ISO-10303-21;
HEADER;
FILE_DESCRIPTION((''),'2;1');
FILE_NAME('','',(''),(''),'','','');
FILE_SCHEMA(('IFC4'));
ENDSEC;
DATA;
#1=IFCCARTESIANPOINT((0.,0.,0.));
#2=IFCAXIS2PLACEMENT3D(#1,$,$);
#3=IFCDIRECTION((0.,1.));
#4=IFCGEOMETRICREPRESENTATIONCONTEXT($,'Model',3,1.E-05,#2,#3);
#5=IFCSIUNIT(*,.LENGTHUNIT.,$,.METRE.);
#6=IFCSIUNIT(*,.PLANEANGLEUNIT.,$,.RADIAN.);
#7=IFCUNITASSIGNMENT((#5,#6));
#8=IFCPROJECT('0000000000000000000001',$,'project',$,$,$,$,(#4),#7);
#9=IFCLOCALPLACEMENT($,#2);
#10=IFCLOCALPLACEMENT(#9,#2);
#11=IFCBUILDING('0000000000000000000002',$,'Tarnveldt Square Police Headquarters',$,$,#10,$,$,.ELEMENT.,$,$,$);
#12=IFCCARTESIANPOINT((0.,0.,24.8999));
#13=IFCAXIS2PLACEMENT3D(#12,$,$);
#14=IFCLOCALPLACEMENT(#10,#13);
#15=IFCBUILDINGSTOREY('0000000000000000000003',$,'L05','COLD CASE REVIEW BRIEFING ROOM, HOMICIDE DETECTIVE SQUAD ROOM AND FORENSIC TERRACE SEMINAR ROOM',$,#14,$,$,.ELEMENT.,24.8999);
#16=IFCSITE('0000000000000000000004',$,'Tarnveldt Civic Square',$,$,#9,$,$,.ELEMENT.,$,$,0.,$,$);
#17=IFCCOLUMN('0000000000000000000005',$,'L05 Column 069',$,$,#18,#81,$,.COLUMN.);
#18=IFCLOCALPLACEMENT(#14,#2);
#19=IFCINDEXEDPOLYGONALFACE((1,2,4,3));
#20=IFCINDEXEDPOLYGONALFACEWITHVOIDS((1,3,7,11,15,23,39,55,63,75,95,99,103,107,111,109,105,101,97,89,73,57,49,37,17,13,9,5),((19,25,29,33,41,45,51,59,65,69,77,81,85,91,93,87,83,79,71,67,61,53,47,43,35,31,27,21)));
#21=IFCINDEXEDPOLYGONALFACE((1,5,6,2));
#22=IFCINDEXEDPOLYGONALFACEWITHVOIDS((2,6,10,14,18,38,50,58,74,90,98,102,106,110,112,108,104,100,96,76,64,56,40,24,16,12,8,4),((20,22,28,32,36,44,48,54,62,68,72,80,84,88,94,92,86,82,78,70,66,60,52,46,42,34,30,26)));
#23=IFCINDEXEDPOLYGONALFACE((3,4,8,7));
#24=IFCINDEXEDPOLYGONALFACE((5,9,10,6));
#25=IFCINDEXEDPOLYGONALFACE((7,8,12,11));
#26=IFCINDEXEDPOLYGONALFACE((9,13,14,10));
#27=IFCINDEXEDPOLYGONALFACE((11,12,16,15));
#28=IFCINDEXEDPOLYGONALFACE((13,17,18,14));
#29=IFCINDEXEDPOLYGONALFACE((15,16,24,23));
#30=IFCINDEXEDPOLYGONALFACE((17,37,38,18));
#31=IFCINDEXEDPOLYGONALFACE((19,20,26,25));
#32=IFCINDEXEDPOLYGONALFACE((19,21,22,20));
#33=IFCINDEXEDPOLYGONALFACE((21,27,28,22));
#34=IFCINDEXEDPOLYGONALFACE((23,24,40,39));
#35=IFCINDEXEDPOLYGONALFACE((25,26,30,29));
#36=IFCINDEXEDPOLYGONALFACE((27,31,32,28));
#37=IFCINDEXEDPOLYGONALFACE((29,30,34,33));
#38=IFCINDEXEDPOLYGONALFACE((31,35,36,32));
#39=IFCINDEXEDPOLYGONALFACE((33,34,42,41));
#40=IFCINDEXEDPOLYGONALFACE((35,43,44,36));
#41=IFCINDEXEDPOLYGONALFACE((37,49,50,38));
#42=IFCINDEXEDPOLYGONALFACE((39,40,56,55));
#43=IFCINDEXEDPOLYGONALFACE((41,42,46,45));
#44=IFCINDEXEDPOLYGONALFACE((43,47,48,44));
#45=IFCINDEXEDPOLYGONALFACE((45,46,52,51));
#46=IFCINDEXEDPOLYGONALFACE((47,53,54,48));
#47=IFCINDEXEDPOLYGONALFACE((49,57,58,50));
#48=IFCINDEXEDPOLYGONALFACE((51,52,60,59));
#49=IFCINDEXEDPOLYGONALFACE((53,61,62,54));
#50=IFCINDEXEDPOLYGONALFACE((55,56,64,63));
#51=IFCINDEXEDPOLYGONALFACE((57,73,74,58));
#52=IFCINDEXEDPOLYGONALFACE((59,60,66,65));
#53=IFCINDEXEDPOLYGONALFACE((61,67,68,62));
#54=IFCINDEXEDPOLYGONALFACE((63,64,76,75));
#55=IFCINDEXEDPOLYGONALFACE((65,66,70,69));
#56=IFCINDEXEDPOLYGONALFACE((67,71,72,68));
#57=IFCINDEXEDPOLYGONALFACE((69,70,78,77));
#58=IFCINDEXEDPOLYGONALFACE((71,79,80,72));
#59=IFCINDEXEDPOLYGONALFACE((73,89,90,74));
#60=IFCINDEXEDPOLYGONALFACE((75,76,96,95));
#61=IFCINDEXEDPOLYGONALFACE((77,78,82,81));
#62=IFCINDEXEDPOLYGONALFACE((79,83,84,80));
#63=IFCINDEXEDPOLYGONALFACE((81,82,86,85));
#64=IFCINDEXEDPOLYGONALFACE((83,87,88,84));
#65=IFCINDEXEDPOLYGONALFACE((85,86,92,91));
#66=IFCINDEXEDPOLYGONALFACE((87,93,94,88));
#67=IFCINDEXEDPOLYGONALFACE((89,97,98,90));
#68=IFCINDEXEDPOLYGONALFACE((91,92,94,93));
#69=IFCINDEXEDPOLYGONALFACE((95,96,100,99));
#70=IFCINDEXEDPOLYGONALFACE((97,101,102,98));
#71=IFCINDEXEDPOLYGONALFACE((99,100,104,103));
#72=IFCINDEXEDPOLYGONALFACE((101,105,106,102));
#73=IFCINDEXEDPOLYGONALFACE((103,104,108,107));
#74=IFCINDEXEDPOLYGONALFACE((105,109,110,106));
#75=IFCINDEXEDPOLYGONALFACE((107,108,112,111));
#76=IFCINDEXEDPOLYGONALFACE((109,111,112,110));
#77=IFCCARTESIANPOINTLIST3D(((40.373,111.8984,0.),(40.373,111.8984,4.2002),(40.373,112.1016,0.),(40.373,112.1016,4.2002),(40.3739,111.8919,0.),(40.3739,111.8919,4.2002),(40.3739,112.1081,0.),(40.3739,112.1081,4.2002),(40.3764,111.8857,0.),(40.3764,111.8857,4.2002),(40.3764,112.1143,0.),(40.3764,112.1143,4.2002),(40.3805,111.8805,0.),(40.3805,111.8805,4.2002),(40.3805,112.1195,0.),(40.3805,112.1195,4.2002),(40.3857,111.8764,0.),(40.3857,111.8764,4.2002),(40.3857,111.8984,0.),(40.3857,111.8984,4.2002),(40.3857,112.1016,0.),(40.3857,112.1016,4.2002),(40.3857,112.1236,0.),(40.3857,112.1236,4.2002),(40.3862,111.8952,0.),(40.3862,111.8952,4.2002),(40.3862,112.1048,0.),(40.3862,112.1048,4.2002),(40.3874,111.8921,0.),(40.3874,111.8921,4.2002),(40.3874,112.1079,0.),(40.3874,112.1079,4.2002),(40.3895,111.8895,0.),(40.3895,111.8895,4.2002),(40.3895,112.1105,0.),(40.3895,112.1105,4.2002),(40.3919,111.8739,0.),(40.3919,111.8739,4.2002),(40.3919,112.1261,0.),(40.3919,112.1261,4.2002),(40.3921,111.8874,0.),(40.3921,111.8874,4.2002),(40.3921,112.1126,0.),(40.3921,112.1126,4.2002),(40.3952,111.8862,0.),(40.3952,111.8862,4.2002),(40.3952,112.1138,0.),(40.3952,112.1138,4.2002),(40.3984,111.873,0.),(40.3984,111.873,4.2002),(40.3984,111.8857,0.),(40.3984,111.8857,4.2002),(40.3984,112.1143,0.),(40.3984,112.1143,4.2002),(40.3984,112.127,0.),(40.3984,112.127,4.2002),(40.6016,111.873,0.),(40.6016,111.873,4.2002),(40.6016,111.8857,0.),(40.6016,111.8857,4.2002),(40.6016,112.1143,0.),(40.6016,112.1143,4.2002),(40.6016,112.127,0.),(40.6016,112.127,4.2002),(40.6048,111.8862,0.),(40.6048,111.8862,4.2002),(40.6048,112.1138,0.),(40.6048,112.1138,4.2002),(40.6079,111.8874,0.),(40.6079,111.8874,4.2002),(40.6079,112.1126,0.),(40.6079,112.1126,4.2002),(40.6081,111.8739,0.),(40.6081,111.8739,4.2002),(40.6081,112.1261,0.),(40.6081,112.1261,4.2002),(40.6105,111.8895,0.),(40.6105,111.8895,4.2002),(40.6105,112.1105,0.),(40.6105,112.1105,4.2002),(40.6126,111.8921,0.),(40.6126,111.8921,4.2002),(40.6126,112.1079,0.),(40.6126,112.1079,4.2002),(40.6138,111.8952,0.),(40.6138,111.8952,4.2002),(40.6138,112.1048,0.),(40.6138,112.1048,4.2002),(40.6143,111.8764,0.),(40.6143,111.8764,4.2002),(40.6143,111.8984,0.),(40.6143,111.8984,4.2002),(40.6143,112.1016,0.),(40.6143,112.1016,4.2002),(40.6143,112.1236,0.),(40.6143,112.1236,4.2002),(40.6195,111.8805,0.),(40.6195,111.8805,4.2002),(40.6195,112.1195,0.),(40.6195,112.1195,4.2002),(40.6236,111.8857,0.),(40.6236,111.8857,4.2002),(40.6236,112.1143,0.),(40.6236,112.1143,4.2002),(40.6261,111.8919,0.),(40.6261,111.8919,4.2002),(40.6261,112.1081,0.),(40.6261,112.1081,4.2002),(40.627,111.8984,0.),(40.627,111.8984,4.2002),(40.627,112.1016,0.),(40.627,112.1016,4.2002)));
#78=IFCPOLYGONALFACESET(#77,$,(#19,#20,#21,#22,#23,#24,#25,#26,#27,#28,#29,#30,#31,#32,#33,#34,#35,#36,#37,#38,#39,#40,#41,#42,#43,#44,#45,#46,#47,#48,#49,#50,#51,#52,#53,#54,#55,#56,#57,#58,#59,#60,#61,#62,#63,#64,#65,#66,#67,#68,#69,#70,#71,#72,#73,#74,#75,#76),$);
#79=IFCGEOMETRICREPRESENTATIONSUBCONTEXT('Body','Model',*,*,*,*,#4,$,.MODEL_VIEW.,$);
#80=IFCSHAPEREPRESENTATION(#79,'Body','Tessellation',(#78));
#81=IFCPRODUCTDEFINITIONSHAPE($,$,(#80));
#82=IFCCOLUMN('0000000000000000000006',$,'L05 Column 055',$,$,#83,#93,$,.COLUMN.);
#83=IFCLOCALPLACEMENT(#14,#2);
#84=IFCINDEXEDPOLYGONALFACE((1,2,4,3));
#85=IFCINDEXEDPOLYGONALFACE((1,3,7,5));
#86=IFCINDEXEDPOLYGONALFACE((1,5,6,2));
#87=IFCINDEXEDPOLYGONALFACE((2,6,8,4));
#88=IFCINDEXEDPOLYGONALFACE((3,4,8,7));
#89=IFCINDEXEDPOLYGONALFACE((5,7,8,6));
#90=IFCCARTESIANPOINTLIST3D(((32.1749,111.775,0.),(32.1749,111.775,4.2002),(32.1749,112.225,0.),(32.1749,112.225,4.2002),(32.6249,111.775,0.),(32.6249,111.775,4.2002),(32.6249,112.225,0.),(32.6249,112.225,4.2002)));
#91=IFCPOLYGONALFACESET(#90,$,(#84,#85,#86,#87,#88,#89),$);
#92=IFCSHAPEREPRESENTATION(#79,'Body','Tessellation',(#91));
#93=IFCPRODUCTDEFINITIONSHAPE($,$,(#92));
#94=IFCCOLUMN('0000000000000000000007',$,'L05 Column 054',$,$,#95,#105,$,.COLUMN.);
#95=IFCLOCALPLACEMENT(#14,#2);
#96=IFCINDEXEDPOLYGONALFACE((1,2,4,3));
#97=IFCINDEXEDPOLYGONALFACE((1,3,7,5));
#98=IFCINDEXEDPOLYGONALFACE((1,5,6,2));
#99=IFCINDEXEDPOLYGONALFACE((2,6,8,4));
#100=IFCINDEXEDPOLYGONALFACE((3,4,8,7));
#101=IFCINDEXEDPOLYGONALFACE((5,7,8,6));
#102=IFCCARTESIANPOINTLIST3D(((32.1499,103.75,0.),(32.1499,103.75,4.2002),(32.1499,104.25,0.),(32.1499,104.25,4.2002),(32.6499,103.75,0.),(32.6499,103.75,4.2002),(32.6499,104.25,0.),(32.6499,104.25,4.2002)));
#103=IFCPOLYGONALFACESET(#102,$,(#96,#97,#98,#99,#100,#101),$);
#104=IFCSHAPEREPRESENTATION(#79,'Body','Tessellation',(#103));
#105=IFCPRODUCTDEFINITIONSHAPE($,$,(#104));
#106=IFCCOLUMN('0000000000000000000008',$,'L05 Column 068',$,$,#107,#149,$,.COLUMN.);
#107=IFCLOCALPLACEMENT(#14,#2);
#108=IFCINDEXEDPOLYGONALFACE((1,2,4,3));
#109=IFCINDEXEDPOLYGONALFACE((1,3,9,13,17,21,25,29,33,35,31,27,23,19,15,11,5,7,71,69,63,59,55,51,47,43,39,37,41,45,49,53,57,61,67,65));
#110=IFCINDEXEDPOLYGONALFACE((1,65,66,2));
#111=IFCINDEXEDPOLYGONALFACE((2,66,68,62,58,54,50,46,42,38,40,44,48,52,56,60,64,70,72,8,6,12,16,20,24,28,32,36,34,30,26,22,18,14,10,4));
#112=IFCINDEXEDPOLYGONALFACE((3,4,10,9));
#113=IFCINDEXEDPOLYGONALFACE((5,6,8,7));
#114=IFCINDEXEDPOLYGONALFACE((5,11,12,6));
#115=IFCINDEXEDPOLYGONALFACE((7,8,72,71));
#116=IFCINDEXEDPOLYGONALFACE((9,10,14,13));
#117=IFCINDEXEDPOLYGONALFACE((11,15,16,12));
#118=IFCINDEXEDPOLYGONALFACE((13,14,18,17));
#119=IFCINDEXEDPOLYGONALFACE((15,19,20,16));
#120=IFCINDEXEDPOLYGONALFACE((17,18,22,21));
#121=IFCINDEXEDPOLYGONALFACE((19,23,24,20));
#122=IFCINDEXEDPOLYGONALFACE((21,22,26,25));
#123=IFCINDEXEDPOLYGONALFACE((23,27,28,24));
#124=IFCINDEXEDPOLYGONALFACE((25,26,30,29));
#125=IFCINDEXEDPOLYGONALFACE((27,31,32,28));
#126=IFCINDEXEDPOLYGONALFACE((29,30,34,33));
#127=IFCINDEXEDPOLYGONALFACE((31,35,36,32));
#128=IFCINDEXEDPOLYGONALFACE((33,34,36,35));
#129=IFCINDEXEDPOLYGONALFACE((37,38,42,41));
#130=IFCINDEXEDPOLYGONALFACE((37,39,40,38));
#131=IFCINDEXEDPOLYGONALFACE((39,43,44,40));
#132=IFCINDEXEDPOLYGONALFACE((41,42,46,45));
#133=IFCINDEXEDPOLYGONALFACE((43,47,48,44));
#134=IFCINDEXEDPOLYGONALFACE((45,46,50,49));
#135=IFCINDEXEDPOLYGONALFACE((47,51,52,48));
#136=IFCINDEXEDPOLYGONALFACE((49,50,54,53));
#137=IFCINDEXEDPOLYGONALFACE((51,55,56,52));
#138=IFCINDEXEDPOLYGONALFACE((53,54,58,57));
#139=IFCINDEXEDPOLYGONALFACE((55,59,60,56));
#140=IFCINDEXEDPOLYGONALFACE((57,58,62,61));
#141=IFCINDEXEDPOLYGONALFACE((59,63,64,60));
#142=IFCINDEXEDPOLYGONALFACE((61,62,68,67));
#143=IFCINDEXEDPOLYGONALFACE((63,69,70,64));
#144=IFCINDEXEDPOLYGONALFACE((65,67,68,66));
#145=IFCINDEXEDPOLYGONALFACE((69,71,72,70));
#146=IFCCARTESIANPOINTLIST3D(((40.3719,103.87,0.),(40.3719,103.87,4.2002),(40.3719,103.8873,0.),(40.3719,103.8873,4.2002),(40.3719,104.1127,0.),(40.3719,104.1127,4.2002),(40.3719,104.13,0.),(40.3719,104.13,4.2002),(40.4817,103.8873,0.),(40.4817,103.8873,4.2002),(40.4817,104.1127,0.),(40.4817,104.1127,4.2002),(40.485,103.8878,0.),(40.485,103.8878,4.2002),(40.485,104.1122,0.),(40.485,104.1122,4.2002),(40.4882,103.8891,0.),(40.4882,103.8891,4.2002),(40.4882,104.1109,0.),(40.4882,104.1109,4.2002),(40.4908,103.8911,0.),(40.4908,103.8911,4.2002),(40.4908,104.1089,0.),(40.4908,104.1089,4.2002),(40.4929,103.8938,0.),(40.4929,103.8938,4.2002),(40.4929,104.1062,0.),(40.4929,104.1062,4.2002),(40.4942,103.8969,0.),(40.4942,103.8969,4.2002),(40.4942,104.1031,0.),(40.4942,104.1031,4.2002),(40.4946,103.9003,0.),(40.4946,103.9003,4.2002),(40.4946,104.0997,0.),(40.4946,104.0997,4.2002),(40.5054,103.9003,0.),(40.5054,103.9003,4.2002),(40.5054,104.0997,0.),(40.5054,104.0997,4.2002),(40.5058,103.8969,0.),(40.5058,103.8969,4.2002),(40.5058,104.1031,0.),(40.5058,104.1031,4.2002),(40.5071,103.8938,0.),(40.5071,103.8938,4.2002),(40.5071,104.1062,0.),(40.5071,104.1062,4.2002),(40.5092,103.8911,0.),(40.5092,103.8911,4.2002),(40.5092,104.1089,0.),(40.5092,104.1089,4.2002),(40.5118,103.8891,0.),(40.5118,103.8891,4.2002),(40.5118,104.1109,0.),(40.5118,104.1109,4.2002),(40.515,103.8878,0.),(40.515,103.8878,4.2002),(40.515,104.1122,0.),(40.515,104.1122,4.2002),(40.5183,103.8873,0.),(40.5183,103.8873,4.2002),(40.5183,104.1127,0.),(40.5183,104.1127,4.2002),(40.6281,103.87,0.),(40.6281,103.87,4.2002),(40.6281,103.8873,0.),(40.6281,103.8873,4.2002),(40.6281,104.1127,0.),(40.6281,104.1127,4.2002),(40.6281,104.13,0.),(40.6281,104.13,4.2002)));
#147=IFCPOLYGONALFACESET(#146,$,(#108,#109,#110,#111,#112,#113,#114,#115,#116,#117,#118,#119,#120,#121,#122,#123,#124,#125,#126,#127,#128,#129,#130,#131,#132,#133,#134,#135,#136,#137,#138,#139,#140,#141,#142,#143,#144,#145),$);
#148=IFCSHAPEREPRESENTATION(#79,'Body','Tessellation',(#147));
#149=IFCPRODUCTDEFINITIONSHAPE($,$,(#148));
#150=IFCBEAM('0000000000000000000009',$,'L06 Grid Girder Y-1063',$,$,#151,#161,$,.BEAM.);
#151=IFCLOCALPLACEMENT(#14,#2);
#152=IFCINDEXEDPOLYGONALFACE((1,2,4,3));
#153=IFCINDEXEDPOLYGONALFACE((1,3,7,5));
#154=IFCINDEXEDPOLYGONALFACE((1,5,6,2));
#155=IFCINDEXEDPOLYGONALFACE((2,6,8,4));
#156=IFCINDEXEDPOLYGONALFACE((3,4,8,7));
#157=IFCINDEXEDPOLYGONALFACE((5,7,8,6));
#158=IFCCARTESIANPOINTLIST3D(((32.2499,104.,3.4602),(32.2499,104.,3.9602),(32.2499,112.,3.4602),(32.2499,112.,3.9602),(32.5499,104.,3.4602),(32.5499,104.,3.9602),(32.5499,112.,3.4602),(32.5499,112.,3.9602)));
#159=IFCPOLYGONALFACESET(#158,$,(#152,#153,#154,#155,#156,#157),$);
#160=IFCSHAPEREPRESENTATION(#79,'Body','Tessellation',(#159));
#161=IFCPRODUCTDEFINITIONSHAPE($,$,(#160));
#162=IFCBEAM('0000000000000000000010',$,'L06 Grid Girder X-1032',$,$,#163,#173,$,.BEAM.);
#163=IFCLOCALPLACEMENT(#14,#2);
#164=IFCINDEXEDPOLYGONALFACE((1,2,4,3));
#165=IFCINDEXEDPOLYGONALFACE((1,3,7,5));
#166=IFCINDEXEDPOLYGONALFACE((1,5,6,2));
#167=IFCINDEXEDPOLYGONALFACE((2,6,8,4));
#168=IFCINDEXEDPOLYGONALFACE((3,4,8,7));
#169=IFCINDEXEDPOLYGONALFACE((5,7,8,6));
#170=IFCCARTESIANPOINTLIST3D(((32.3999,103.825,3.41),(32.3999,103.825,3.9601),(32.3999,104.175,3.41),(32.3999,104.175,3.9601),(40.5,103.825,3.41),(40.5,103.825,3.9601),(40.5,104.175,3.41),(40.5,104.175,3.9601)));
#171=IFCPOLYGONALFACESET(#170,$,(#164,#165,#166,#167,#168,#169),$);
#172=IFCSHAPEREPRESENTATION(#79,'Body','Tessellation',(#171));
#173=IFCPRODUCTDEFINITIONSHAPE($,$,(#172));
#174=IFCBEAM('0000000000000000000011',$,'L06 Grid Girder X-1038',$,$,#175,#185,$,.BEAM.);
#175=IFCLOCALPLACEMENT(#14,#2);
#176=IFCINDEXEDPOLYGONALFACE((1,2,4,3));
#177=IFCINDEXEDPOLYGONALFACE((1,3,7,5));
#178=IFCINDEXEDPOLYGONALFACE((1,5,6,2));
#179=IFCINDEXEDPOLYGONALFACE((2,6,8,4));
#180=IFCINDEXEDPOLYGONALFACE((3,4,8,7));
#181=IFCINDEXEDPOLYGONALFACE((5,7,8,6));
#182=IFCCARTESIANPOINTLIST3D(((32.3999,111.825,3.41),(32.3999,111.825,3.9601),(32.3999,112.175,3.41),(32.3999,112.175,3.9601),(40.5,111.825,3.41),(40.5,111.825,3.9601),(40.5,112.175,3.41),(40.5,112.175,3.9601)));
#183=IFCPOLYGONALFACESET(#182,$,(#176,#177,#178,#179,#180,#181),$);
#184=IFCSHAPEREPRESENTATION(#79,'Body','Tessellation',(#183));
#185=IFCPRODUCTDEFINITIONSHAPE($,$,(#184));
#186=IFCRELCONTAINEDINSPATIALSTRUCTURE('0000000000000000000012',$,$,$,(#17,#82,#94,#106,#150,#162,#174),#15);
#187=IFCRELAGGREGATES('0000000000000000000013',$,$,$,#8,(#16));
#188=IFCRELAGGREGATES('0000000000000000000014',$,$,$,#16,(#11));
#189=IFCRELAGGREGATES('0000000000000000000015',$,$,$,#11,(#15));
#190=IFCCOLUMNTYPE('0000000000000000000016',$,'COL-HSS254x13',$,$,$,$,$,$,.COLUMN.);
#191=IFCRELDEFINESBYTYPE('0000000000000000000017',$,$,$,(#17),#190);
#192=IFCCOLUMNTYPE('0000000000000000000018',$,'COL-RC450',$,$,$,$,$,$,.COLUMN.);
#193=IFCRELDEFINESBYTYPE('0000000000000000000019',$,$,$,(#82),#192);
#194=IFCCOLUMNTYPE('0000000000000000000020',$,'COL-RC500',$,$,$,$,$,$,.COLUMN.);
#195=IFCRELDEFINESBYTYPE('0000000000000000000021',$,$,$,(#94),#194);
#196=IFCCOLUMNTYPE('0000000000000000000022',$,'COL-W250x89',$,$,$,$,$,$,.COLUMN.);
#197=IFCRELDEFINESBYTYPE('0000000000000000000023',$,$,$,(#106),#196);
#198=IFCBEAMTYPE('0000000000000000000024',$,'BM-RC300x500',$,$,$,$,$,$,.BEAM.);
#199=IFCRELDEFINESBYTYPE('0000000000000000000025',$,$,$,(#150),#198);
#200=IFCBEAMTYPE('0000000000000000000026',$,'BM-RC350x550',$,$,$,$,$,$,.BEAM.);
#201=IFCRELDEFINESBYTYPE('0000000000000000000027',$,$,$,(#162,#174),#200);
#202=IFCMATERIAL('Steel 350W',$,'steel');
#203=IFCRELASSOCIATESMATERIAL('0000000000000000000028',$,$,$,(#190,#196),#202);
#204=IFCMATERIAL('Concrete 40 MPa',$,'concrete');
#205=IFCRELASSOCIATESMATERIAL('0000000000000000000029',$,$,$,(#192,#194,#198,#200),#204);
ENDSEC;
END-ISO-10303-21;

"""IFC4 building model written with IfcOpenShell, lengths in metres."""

from ifc_helpers import new_model, si_unit, direction, frame, origin, origin_2d, place, context, subcontext, project, spatial, rectangle, hollow_rectangle, i_section, extrude, material, material_profile, profile_set, type_object, element, save


model = new_model("IFC4")

# Units and contexts
model_context = context("Model", 3, precision=1e-05, world=origin(), true_north=direction((0.0, 1.0)))
body_context = subcontext(model_context, "Body", "Model", "MODEL_VIEW")
ifc_project = project(units=[si_unit("LENGTHUNIT", "METRE"), si_unit("PLANEANGLEUNIT", "RADIAN")], contexts=[model_context])

# Site, building, storey
site_placement = place(None, origin())
site = spatial("IfcSite", under=ifc_project, at=site_placement, Name="Tarnveldt Civic Square", CompositionType="ELEMENT", RefElevation=0.0)
building_placement = place(site_placement, origin())
building = spatial("IfcBuilding", under=site, at=building_placement, Name="Tarnveldt Square Police Headquarters", CompositionType="ELEMENT")
storey_placement = place(building_placement, frame((0.0, 0.0, 24.8999)))
storey = spatial("IfcBuildingStorey", under=building, at=storey_placement, Name="L05", Description="COLD CASE REVIEW BRIEFING ROOM, HOMICIDE DETECTIVE SQUAD ROOM AND FORENSIC TERRACE SEMINAR ROOM", CompositionType="ELEMENT", Elevation=24.8999)

# Columns
ifc_material_1 = material(Name="Steel 350W", Category="steel")
ifc_material_profile_1 = material_profile(ifc_material_1, hollow_rectangle(XDim=0.2539, YDim=0.2539, WallThickness=0.0127, InnerFilletRadius=0.0127, OuterFilletRadius=0.0254, at=origin_2d()), Name="HSS254x254x13")
ifc_profile_set_1 = profile_set([ifc_material_profile_1], Name="Steel 350W")
column_type_1 = type_object("IfcColumnType", Name="COL-HSS254x13", PredefinedType="COLUMN", material=ifc_profile_set_1)
column_1_placement = place(storey_placement, frame((40.5, 112.0, 0.0), z_axis=(0.0, 0.0, 1.0), x_axis=(1.0, 0.0, 0.0)))
element("IfcColumn", 1, at=column_1_placement, inside=storey, type_object=column_type_1, Name="L05 Column 069", PredefinedType="COLUMN", context=body_context, shape_type="SweptSolid", body=[
    extrude(hollow_rectangle(XDim=0.2539, YDim=0.2539, WallThickness=0.0127, InnerFilletRadius=0.0127, OuterFilletRadius=0.0254, at=origin_2d()), origin(), (0.0, 0.0, 1.0), 4.2002),
])
ifc_material_2 = material(Name="Concrete 40 MPa", Category="concrete")
ifc_material_profile_2 = material_profile(ifc_material_2, rectangle(XDim=0.45, YDim=0.45, at=origin_2d()), Name="RC-C450x450")
ifc_profile_set_2 = profile_set([ifc_material_profile_2], Name="Concrete 40 MPa")
column_type_2 = type_object("IfcColumnType", Name="COL-RC450", PredefinedType="COLUMN", material=ifc_profile_set_2)
column_2_placement = place(storey_placement, frame((32.3999, 112.0, 0.0), z_axis=(0.0, 0.0, 1.0), x_axis=(1.0, 0.0, 0.0)))
element("IfcColumn", 2, at=column_2_placement, inside=storey, type_object=column_type_2, Name="L05 Column 055", PredefinedType="COLUMN", context=body_context, shape_type="SweptSolid", body=[
    extrude(rectangle(XDim=0.45, YDim=0.45, at=origin_2d()), origin(), (0.0, 0.0, 1.0), 4.2002),
])
ifc_material_profile_3 = material_profile(ifc_material_2, rectangle(XDim=0.5, YDim=0.5, at=origin_2d()), Name="RC-C500x500")
ifc_profile_set_3 = profile_set([ifc_material_profile_3], Name="Concrete 40 MPa")
column_type_3 = type_object("IfcColumnType", Name="COL-RC500", PredefinedType="COLUMN", material=ifc_profile_set_3)
column_3_placement = place(storey_placement, frame((32.3999, 104.0, 0.0), z_axis=(0.0, 0.0, 1.0), x_axis=(1.0, 0.0, 0.0)))
element("IfcColumn", 3, at=column_3_placement, inside=storey, type_object=column_type_3, Name="L05 Column 054", PredefinedType="COLUMN", context=body_context, shape_type="SweptSolid", body=[
    extrude(rectangle(XDim=0.5, YDim=0.5, at=origin_2d()), origin(), (0.0, 0.0, 1.0), 4.2002),
])
ifc_material_profile_4 = material_profile(ifc_material_1, i_section(OverallWidth=0.2561, OverallDepth=0.26, WebThickness=0.0107, FlangeThickness=0.0173, FilletRadius=0.0129, at=origin_2d()), Name="W250x89")
ifc_profile_set_4 = profile_set([ifc_material_profile_4], Name="Steel 350W")
column_type_4 = type_object("IfcColumnType", Name="COL-W250x89", PredefinedType="COLUMN", material=ifc_profile_set_4)
column_4_placement = place(storey_placement, frame((40.5, 104.0, 0.0), z_axis=(0.0, 0.0, 1.0), x_axis=(1.0, 0.0, 0.0)))
element("IfcColumn", 4, at=column_4_placement, inside=storey, type_object=column_type_4, Name="L05 Column 068", PredefinedType="COLUMN", context=body_context, shape_type="SweptSolid", body=[
    extrude(i_section(OverallWidth=0.2561, OverallDepth=0.26, WebThickness=0.0107, FlangeThickness=0.0173, FilletRadius=0.0129, at=origin_2d()), origin(), (0.0, 0.0, 1.0), 4.2002),
])

# Beams
ifc_material_profile_5 = material_profile(ifc_material_2, rectangle(XDim=0.3, YDim=0.5, at=origin_2d()), Name="RC-B300x500")
ifc_profile_set_5 = profile_set([ifc_material_profile_5], Name="Concrete 40 MPa")
beam_type_1 = type_object("IfcBeamType", Name="BM-RC300x500", PredefinedType="BEAM", material=ifc_profile_set_5)
beam_1_placement = place(storey_placement, frame((32.3999, 104.0, 3.7102), z_axis=(0.0, 1.0, 0.0), x_axis=(-1.0, 0.0, 0.0)))
element("IfcBeam", 5, at=beam_1_placement, inside=storey, type_object=beam_type_1, Name="L06 Grid Girder Y-1063", PredefinedType="BEAM", context=body_context, shape_type="SweptSolid", body=[
    extrude(rectangle(XDim=0.3, YDim=0.5, at=origin_2d()), origin(), (0.0, 0.0, 1.0), 8.0),
])
ifc_material_profile_6 = material_profile(ifc_material_2, rectangle(XDim=0.3501, YDim=0.55, at=origin_2d()), Name="RC-B350x550")
ifc_profile_set_6 = profile_set([ifc_material_profile_6], Name="Concrete 40 MPa")
beam_type_2 = type_object("IfcBeamType", Name="BM-RC350x550", PredefinedType="BEAM", material=ifc_profile_set_6)
for number, where, z_axis, x_axis, name in (
    (6, (32.3999, 104.0, 3.6851), (1.0, 0.0, 0.0), (0.0, 1.0, 0.0), "L06 Grid Girder X-1032"),
    (7, (32.3999, 112.0, 3.6851), (1.0, 0.0, 0.0), (0.0, 1.0, 0.0), "L06 Grid Girder X-1038"),
):
    element("IfcBeam", number, at=place(storey_placement, frame(where, z_axis=z_axis, x_axis=x_axis)), inside=storey, type_object=beam_type_2, Name=name, PredefinedType="BEAM", context=body_context, shape_type="SweptSolid", body=[
        extrude(rectangle(XDim=0.3501, YDim=0.55, at=origin_2d()), origin(), (0.0, 0.0, 1.0), 8.1001),
    ])

save(model, "model.ifc")
